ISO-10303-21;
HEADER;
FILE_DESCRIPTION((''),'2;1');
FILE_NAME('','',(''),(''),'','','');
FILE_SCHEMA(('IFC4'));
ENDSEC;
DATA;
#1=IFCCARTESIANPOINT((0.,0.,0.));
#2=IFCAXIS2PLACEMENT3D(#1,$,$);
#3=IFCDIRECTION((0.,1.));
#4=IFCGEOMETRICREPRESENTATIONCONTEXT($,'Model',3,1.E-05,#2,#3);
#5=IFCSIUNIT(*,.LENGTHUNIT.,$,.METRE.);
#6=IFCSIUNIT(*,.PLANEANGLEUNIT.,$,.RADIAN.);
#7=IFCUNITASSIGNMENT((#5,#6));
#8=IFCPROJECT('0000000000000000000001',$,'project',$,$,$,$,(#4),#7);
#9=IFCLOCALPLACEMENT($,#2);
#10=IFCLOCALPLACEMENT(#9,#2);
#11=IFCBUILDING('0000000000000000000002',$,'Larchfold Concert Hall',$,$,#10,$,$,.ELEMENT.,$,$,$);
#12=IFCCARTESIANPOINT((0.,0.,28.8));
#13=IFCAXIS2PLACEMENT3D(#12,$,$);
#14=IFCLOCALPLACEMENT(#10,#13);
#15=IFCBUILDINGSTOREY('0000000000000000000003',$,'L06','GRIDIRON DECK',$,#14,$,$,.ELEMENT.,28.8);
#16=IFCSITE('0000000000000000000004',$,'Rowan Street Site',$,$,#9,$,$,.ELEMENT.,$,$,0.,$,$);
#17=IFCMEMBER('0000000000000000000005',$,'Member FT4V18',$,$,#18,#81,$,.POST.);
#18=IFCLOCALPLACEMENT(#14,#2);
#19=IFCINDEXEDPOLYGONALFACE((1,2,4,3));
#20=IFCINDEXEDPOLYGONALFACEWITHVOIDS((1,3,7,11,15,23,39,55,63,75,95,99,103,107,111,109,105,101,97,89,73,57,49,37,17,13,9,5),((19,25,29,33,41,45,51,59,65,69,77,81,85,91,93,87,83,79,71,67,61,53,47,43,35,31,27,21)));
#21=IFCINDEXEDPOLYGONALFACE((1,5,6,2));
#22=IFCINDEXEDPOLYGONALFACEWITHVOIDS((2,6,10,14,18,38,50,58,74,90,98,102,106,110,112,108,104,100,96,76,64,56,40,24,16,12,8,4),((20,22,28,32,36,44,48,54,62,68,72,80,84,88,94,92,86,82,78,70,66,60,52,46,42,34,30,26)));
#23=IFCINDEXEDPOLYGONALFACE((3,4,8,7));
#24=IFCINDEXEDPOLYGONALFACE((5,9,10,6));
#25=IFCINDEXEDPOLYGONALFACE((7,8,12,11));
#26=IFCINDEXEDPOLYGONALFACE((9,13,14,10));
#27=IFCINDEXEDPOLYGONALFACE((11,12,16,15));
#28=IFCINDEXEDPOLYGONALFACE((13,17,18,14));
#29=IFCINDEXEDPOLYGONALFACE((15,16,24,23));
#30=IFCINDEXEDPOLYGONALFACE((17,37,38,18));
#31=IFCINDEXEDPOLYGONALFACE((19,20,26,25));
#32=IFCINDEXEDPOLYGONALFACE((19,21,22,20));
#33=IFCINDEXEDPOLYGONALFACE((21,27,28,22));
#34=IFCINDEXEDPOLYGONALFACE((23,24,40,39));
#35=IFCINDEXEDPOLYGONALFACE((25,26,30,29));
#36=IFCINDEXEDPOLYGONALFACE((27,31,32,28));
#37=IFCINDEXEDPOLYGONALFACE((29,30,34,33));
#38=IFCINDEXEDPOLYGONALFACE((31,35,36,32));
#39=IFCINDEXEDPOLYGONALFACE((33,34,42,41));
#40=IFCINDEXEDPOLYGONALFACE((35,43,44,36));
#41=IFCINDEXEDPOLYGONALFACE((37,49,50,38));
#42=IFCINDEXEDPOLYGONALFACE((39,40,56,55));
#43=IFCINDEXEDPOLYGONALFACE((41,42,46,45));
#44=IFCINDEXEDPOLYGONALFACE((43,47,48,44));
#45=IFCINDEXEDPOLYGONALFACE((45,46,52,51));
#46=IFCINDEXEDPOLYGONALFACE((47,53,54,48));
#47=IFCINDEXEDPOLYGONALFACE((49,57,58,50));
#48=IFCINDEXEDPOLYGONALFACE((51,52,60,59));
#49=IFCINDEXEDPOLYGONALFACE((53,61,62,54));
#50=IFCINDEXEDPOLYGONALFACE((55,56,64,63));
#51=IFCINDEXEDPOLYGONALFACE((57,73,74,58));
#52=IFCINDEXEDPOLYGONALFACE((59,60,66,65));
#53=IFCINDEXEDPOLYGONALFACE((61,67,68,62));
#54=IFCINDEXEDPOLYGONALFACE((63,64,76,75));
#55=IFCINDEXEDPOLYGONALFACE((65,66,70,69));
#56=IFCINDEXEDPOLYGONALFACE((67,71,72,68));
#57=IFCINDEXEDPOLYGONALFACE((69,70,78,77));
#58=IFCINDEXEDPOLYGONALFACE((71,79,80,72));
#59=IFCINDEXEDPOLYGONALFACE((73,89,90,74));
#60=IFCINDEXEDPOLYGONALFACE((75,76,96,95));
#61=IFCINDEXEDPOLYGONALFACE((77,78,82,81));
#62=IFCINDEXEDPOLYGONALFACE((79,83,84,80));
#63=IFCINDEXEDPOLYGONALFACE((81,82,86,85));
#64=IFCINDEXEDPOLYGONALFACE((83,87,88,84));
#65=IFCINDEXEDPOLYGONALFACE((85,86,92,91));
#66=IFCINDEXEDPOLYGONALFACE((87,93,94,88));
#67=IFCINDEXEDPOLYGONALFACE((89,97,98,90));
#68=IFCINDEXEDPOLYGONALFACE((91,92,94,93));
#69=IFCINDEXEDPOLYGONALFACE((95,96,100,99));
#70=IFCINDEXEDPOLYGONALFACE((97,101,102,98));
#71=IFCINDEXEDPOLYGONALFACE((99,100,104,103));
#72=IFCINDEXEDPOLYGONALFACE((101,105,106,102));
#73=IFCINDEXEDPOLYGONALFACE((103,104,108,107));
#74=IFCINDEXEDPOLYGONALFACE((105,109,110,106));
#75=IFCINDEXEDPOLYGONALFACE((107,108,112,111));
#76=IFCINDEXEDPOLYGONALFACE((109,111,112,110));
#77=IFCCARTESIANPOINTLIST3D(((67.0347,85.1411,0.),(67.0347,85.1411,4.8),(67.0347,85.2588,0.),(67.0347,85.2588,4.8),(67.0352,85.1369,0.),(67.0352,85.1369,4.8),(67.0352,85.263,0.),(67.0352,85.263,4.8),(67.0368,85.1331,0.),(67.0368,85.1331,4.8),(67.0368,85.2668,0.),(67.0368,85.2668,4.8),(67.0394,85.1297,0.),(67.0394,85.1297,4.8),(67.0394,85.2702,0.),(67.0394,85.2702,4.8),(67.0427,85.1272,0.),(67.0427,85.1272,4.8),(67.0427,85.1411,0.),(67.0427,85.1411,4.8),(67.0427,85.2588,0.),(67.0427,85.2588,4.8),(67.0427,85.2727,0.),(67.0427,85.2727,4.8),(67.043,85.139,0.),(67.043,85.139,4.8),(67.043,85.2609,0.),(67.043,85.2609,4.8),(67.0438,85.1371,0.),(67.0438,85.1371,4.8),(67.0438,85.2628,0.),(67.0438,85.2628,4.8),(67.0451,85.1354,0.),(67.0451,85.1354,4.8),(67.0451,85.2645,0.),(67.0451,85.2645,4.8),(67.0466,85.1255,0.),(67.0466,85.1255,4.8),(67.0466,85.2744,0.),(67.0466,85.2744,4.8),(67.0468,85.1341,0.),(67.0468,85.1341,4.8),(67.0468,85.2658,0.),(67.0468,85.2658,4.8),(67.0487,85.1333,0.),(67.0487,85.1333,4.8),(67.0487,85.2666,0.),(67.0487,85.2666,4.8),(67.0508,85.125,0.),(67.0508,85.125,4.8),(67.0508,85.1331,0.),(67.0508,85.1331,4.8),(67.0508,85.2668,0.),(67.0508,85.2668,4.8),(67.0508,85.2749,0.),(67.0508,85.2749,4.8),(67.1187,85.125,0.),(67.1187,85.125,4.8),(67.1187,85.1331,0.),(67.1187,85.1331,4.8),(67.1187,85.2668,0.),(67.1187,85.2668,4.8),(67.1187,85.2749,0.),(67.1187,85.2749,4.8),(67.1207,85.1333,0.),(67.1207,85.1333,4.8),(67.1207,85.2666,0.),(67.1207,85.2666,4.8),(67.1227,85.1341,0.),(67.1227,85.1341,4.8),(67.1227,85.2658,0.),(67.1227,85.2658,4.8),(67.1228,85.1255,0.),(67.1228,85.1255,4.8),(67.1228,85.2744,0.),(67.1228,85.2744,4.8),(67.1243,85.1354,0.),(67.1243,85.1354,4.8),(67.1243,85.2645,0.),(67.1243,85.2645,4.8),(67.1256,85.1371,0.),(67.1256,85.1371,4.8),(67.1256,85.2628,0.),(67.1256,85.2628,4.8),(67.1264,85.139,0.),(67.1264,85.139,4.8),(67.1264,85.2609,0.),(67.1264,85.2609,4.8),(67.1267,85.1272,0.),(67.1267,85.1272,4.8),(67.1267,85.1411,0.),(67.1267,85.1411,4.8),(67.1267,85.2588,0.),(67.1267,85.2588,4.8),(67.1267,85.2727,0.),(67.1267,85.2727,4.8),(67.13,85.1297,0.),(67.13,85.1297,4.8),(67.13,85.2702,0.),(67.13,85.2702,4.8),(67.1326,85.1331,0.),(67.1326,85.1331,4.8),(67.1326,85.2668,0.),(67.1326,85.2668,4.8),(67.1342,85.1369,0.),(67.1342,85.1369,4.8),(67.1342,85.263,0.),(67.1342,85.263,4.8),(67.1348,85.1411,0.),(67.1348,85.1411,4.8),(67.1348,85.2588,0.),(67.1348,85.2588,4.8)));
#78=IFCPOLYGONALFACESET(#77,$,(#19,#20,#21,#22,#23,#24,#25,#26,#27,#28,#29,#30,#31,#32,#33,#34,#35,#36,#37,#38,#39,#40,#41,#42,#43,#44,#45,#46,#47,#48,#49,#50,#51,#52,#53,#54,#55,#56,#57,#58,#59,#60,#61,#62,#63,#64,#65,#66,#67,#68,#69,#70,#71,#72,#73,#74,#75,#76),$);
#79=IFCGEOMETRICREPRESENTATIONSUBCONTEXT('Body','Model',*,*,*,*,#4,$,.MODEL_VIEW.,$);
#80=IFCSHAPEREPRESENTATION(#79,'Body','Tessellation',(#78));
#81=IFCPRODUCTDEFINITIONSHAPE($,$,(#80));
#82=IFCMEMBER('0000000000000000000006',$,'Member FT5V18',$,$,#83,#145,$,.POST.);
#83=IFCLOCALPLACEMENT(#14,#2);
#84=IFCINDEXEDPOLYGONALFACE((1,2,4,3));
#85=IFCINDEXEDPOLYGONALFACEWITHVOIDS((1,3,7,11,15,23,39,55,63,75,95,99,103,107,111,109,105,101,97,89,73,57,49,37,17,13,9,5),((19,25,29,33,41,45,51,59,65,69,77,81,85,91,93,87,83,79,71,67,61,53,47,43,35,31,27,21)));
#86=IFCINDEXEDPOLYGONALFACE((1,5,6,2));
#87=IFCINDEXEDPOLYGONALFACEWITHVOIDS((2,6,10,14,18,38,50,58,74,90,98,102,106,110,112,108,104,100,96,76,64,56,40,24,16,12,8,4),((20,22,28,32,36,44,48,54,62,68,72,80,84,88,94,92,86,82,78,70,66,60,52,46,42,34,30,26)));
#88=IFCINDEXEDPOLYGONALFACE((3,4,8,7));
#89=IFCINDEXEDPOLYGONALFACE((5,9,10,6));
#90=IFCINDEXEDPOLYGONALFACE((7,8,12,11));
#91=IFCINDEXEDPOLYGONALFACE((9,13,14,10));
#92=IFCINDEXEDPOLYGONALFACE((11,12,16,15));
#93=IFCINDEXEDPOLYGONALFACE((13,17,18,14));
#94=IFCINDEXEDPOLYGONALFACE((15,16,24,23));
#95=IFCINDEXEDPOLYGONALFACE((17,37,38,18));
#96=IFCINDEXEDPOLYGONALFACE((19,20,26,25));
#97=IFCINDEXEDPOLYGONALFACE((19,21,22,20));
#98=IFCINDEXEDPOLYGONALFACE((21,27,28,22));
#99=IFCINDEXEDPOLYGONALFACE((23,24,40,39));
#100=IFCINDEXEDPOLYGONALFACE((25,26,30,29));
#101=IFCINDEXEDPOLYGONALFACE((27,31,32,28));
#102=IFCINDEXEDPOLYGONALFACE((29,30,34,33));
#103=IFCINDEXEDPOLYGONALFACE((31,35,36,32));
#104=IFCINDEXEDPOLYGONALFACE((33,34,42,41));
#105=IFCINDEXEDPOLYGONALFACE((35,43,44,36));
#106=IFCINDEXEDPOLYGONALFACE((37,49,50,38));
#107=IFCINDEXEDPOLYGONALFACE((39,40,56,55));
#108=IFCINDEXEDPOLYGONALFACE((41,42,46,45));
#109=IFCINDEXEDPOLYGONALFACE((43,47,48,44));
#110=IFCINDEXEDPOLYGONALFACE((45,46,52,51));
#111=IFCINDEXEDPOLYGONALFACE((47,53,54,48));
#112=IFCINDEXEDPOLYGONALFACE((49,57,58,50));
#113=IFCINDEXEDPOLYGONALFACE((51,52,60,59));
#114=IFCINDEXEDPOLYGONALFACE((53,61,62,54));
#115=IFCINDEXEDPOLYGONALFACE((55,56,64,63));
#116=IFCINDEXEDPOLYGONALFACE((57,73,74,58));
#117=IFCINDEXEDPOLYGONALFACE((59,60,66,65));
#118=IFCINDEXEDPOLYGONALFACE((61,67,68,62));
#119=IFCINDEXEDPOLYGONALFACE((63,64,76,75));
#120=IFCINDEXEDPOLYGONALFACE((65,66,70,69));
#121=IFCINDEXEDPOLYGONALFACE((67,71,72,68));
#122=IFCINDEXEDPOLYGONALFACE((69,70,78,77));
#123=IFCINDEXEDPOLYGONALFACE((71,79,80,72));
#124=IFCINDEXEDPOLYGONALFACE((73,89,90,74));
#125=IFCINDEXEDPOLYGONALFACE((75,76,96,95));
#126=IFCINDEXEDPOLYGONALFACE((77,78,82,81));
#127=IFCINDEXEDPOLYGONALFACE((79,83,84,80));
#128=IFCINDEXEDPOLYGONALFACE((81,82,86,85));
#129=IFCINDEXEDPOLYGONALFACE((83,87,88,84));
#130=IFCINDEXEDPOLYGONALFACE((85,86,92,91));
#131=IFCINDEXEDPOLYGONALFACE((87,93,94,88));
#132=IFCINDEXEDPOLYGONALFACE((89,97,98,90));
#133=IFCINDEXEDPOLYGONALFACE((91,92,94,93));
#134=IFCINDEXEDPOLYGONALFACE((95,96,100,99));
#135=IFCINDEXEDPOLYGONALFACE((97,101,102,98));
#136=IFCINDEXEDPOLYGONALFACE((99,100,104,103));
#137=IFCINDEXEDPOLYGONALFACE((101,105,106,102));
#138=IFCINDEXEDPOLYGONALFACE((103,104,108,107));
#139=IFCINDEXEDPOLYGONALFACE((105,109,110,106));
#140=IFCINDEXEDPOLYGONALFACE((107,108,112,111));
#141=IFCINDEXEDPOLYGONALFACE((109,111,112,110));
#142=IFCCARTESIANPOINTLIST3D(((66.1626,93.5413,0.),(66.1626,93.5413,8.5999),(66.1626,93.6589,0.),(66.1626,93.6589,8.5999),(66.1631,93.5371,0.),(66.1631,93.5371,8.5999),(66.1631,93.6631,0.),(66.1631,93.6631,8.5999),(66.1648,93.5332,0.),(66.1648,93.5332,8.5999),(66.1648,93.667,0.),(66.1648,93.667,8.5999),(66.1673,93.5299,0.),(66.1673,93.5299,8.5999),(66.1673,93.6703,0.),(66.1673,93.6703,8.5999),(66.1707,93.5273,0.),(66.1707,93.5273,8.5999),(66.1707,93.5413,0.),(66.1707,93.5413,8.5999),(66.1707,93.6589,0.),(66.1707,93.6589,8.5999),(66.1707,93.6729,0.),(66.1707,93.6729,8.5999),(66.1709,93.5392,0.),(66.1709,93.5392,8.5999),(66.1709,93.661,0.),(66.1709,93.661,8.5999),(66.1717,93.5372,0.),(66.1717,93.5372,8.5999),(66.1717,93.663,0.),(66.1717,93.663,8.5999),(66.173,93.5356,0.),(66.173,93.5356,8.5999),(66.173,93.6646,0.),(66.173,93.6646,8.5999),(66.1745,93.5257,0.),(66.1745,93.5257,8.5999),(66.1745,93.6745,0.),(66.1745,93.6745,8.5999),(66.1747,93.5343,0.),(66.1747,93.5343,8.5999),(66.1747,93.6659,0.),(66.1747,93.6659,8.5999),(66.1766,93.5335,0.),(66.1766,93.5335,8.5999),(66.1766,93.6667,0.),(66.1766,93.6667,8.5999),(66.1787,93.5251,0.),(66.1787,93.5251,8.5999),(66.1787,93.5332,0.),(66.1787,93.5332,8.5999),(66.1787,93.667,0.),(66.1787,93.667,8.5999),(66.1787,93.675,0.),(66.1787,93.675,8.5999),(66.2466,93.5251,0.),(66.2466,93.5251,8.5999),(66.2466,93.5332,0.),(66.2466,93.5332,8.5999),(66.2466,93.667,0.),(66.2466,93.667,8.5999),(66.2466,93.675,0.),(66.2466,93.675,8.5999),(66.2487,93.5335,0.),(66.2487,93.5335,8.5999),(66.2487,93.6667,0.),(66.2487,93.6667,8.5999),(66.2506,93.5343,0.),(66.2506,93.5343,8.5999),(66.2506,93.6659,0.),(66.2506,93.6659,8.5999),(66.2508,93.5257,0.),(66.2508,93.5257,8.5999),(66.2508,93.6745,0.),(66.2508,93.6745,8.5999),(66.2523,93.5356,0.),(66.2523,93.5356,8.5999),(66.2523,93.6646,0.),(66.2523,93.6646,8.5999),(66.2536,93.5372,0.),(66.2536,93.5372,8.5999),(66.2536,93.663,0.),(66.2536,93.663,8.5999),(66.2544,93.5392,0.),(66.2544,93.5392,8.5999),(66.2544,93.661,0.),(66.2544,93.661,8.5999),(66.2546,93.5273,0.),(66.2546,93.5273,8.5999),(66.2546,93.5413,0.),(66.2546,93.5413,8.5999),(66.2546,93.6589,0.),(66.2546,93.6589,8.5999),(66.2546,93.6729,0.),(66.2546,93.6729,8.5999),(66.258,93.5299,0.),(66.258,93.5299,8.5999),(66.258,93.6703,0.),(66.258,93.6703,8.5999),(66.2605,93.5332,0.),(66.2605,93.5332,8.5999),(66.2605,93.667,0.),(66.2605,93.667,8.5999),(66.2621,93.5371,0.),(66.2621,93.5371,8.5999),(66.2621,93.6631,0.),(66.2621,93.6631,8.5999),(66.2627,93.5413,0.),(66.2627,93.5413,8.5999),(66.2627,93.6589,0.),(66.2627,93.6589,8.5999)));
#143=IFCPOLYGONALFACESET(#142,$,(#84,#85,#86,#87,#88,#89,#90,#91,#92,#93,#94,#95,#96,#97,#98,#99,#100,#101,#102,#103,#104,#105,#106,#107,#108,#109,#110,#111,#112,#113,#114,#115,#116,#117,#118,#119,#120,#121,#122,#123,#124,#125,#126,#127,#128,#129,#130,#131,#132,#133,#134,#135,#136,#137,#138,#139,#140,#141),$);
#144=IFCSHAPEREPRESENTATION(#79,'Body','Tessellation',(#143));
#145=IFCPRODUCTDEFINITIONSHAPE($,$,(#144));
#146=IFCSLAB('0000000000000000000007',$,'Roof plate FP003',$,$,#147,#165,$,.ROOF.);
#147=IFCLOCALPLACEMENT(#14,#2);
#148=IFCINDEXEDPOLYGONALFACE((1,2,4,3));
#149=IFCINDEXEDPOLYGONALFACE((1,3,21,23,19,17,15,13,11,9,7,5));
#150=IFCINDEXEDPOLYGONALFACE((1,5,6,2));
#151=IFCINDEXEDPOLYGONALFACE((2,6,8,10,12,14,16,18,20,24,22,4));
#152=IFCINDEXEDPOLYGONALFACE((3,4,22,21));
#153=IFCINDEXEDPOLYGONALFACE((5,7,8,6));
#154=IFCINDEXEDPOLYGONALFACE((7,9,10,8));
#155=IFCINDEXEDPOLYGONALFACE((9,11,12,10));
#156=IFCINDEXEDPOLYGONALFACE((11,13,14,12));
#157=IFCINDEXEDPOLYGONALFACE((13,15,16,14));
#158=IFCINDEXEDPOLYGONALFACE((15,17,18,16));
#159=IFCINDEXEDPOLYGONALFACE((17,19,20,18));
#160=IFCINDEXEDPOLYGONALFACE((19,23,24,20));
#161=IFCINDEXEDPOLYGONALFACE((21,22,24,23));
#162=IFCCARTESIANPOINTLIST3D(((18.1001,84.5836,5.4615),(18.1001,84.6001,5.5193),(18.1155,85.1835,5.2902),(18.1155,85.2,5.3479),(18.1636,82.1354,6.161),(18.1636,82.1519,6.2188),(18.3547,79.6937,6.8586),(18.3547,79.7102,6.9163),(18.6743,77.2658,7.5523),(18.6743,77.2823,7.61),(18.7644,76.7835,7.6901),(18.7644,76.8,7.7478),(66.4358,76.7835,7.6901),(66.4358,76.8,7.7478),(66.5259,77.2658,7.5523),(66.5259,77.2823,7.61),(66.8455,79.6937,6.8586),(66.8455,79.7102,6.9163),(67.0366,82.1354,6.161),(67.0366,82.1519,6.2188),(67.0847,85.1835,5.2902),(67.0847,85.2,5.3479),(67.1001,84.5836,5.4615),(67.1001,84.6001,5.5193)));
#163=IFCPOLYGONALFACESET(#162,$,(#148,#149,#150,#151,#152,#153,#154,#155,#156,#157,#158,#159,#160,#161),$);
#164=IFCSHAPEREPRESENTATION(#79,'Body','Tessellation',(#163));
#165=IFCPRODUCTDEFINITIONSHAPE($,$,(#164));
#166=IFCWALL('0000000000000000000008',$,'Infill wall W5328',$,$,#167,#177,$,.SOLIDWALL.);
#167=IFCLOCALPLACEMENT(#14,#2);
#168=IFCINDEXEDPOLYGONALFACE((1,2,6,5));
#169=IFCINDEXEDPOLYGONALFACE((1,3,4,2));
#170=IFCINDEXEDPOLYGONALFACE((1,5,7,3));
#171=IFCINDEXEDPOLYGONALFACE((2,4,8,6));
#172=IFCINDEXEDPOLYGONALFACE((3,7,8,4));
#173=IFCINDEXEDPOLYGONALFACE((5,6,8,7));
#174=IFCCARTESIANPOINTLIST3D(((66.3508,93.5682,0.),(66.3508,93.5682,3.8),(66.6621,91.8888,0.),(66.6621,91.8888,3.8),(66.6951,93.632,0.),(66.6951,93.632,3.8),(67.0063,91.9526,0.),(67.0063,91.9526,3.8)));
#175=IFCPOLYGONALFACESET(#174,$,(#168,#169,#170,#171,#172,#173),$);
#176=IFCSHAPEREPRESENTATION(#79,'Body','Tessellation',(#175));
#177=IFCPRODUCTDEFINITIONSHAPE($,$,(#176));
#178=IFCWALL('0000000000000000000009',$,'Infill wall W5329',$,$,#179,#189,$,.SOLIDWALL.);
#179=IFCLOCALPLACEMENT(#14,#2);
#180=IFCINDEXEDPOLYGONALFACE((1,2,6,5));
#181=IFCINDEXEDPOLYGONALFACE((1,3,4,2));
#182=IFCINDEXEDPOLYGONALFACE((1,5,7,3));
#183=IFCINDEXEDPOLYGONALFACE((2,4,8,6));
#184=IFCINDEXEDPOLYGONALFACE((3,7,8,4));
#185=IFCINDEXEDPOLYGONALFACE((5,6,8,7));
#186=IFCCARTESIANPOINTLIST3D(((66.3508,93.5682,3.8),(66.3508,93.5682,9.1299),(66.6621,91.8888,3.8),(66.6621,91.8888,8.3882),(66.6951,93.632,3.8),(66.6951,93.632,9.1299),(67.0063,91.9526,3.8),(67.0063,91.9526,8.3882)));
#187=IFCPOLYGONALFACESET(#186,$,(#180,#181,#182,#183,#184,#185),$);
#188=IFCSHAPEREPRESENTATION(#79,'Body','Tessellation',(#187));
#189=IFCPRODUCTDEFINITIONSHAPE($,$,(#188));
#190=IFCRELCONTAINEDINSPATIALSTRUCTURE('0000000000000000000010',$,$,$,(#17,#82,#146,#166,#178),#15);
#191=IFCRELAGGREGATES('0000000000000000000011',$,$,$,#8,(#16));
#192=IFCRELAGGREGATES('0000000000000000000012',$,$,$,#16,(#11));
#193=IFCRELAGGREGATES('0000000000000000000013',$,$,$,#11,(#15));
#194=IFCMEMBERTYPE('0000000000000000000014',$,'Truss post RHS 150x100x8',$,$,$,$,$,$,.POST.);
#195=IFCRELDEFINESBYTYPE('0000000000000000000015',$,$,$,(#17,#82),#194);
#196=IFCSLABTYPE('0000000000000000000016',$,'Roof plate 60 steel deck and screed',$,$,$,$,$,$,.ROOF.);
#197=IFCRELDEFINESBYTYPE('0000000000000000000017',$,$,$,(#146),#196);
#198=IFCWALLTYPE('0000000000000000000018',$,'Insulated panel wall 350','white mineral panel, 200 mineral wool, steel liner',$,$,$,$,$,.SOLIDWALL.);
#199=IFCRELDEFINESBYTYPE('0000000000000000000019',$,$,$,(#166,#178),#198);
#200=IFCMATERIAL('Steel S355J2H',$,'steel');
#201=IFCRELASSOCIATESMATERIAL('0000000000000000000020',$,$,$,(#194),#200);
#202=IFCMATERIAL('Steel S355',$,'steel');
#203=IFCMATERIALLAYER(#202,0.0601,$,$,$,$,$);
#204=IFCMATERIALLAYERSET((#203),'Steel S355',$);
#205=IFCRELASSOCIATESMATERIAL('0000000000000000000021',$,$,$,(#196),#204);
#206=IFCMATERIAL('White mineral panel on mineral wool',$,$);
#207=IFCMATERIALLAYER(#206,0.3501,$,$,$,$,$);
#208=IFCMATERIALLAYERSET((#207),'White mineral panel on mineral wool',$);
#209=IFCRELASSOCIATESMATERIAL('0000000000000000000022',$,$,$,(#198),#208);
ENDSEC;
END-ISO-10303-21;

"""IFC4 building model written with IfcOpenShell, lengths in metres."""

from ifc_helpers import new_model, si_unit, direction, frame, frame_2d, origin, origin_2d, place, context, subcontext, project, spatial, polyline, rectangle, hollow_rectangle, outline, extrude, material, layer, layer_set, material_profile, profile_set, type_object, element, save


model = new_model("IFC4")

# Units and contexts
model_context = context("Model", 3, precision=1e-05, world=origin(), true_north=direction((0.0, 1.0)))
body_context = subcontext(model_context, "Body", "Model", "MODEL_VIEW")
ifc_project = project(units=[si_unit("LENGTHUNIT", "METRE"), si_unit("PLANEANGLEUNIT", "RADIAN")], contexts=[model_context])

# Site, building, storey
site_placement = place(None, origin())
site = spatial("IfcSite", under=ifc_project, at=site_placement, Name="Rowan Street Site", CompositionType="ELEMENT", RefElevation=0.0)
building_placement = place(site_placement, origin())
building = spatial("IfcBuilding", under=site, at=building_placement, Name="Larchfold Concert Hall", CompositionType="ELEMENT")
storey_placement = place(building_placement, frame((0.0, 0.0, 28.8)))
storey = spatial("IfcBuildingStorey", under=building, at=storey_placement, Name="L06", Description="GRIDIRON DECK", CompositionType="ELEMENT", Elevation=28.8)

# Members
ifc_material_1 = material(Name="Steel S355J2H", Category="steel")
ifc_material_profile_1 = material_profile(ifc_material_1, hollow_rectangle(XDim=0.1001, YDim=0.1499, WallThickness=0.0081, InnerFilletRadius=0.0081, OuterFilletRadius=0.0161, at=origin_2d()))
ifc_profile_set_1 = profile_set([ifc_material_profile_1], Name="Steel S355J2H")
member_type_1 = type_object("IfcMemberType", Name="Truss post RHS 150x100x8", PredefinedType="POST", material=ifc_profile_set_1)
member_1_placement = place(storey_placement, frame((67.0847, 85.2, 4.8), z_axis=(0.0, 0.0, -1.0), x_axis=(1.0, 0.0, 0.0)))
element("IfcMember", 1, at=member_1_placement, inside=storey, type_object=member_type_1, Name="Member FT4V18", PredefinedType="POST", context=body_context, shape_type="SweptSolid", body=[
    extrude(hollow_rectangle(XDim=0.1001, YDim=0.1499, WallThickness=0.0081, InnerFilletRadius=0.0081, OuterFilletRadius=0.0161, at=origin_2d()), origin(), (0.0, 0.0, 1.0), 4.8),
])
member_2_placement = place(storey_placement, frame((66.2126, 93.6001, 8.5999), z_axis=(0.0, 0.0, -1.0), x_axis=(1.0, 0.0, 0.0)))
element("IfcMember", 2, at=member_2_placement, inside=storey, type_object=member_type_1, Name="Member FT5V18", PredefinedType="POST", context=body_context, shape_type="SweptSolid", body=[
    extrude(hollow_rectangle(XDim=0.1001, YDim=0.1499, WallThickness=0.0081, InnerFilletRadius=0.0081, OuterFilletRadius=0.0161, at=origin_2d()), origin(), (0.0, 0.0, 1.0), 8.5999),
])

# Slab
ifc_material_2 = material(Name="Steel S355", Category="steel")
ifc_layer_1 = layer(ifc_material_2, 0.0601)
ifc_layer_set_1 = layer_set([ifc_layer_1], Name="Steel S355")
slab_type = type_object("IfcSlabType", Name="Roof plate 60 steel deck and screed", PredefinedType="ROOF", material=ifc_layer_set_1)
slab_1_placement = place(storey_placement, frame((67.0847, 85.2, 5.3479), z_axis=(0.0, 0.274713, 0.961526), x_axis=(-1.0, 0.0, 0.0)))
element("IfcSlab", 3, at=slab_1_placement, inside=storey, type_object=slab_type, Name="Roof plate FP003", PredefinedType="ROOF", context=body_context, shape_type="SweptSolid", body=[
    extrude(outline(polyline([(0.0, 0.0), (48.9692, 0.0), (48.9846, 0.6239), (48.9211, 3.1701), (48.73, 5.7094), (48.4104, 8.2345), (48.3203, 8.736), (0.6489, 8.736), (0.5588, 8.2345), (0.2393, 5.7094), (0.0481, 3.1701), (-0.0154, 0.6239), (0.0, 0.0)])), origin(), (0.0, 0.0, -1.0), 0.0601),
])

# Walls
ifc_material_3 = material(Name="White mineral panel on mineral wool")
ifc_layer_2 = layer(ifc_material_3, 0.3501)
ifc_layer_set_2 = layer_set([ifc_layer_2], Name="White mineral panel on mineral wool")
wall_type = type_object("IfcWallType", Name="Insulated panel wall 350", Description="white mineral panel, 200 mineral wool, steel liner", PredefinedType="SOLIDWALL", material=ifc_layer_set_2)
wall_1_placement = place(storey_placement, frame((66.5229, 93.6001, 0.0), z_axis=(0.0, 0.0, 1.0), x_axis=(0.182243, -0.983254, 0.0)))
element("IfcWall", 4, at=wall_1_placement, inside=storey, type_object=wall_type, Name="Infill wall W5328", PredefinedType="SOLIDWALL", context=body_context, shape_type="SweptSolid", body=[
    extrude(rectangle(XDim=1.708, YDim=0.3501, at=frame_2d((0.854, 0.0))), origin(), (0.0, 0.0, 1.0), 3.8),
])
wall_2_placement = place(storey_placement, frame((66.5229, 93.6001, 3.8), z_axis=(0.0, 0.0, 1.0), x_axis=(0.182243, -0.983254, 0.0)))
element("IfcWall", 5, at=wall_2_placement, inside=storey, type_object=wall_type, Name="Infill wall W5329", PredefinedType="SOLIDWALL", context=body_context, shape_type="SweptSolid", body=[
    extrude(outline(polyline([(0.0, 0.0), (1.708, 0.0), (1.708, 4.5881), (0.0, 5.3298), (0.0, 0.0)])), frame((0.0, 0.175, 0.0), z_axis=(0.0, -1.0, 0.0), x_axis=(1.0, 0.0, 0.0)), (0.0, 0.0, 1.0), 0.3501),
])

save(model, "model.ifc")
